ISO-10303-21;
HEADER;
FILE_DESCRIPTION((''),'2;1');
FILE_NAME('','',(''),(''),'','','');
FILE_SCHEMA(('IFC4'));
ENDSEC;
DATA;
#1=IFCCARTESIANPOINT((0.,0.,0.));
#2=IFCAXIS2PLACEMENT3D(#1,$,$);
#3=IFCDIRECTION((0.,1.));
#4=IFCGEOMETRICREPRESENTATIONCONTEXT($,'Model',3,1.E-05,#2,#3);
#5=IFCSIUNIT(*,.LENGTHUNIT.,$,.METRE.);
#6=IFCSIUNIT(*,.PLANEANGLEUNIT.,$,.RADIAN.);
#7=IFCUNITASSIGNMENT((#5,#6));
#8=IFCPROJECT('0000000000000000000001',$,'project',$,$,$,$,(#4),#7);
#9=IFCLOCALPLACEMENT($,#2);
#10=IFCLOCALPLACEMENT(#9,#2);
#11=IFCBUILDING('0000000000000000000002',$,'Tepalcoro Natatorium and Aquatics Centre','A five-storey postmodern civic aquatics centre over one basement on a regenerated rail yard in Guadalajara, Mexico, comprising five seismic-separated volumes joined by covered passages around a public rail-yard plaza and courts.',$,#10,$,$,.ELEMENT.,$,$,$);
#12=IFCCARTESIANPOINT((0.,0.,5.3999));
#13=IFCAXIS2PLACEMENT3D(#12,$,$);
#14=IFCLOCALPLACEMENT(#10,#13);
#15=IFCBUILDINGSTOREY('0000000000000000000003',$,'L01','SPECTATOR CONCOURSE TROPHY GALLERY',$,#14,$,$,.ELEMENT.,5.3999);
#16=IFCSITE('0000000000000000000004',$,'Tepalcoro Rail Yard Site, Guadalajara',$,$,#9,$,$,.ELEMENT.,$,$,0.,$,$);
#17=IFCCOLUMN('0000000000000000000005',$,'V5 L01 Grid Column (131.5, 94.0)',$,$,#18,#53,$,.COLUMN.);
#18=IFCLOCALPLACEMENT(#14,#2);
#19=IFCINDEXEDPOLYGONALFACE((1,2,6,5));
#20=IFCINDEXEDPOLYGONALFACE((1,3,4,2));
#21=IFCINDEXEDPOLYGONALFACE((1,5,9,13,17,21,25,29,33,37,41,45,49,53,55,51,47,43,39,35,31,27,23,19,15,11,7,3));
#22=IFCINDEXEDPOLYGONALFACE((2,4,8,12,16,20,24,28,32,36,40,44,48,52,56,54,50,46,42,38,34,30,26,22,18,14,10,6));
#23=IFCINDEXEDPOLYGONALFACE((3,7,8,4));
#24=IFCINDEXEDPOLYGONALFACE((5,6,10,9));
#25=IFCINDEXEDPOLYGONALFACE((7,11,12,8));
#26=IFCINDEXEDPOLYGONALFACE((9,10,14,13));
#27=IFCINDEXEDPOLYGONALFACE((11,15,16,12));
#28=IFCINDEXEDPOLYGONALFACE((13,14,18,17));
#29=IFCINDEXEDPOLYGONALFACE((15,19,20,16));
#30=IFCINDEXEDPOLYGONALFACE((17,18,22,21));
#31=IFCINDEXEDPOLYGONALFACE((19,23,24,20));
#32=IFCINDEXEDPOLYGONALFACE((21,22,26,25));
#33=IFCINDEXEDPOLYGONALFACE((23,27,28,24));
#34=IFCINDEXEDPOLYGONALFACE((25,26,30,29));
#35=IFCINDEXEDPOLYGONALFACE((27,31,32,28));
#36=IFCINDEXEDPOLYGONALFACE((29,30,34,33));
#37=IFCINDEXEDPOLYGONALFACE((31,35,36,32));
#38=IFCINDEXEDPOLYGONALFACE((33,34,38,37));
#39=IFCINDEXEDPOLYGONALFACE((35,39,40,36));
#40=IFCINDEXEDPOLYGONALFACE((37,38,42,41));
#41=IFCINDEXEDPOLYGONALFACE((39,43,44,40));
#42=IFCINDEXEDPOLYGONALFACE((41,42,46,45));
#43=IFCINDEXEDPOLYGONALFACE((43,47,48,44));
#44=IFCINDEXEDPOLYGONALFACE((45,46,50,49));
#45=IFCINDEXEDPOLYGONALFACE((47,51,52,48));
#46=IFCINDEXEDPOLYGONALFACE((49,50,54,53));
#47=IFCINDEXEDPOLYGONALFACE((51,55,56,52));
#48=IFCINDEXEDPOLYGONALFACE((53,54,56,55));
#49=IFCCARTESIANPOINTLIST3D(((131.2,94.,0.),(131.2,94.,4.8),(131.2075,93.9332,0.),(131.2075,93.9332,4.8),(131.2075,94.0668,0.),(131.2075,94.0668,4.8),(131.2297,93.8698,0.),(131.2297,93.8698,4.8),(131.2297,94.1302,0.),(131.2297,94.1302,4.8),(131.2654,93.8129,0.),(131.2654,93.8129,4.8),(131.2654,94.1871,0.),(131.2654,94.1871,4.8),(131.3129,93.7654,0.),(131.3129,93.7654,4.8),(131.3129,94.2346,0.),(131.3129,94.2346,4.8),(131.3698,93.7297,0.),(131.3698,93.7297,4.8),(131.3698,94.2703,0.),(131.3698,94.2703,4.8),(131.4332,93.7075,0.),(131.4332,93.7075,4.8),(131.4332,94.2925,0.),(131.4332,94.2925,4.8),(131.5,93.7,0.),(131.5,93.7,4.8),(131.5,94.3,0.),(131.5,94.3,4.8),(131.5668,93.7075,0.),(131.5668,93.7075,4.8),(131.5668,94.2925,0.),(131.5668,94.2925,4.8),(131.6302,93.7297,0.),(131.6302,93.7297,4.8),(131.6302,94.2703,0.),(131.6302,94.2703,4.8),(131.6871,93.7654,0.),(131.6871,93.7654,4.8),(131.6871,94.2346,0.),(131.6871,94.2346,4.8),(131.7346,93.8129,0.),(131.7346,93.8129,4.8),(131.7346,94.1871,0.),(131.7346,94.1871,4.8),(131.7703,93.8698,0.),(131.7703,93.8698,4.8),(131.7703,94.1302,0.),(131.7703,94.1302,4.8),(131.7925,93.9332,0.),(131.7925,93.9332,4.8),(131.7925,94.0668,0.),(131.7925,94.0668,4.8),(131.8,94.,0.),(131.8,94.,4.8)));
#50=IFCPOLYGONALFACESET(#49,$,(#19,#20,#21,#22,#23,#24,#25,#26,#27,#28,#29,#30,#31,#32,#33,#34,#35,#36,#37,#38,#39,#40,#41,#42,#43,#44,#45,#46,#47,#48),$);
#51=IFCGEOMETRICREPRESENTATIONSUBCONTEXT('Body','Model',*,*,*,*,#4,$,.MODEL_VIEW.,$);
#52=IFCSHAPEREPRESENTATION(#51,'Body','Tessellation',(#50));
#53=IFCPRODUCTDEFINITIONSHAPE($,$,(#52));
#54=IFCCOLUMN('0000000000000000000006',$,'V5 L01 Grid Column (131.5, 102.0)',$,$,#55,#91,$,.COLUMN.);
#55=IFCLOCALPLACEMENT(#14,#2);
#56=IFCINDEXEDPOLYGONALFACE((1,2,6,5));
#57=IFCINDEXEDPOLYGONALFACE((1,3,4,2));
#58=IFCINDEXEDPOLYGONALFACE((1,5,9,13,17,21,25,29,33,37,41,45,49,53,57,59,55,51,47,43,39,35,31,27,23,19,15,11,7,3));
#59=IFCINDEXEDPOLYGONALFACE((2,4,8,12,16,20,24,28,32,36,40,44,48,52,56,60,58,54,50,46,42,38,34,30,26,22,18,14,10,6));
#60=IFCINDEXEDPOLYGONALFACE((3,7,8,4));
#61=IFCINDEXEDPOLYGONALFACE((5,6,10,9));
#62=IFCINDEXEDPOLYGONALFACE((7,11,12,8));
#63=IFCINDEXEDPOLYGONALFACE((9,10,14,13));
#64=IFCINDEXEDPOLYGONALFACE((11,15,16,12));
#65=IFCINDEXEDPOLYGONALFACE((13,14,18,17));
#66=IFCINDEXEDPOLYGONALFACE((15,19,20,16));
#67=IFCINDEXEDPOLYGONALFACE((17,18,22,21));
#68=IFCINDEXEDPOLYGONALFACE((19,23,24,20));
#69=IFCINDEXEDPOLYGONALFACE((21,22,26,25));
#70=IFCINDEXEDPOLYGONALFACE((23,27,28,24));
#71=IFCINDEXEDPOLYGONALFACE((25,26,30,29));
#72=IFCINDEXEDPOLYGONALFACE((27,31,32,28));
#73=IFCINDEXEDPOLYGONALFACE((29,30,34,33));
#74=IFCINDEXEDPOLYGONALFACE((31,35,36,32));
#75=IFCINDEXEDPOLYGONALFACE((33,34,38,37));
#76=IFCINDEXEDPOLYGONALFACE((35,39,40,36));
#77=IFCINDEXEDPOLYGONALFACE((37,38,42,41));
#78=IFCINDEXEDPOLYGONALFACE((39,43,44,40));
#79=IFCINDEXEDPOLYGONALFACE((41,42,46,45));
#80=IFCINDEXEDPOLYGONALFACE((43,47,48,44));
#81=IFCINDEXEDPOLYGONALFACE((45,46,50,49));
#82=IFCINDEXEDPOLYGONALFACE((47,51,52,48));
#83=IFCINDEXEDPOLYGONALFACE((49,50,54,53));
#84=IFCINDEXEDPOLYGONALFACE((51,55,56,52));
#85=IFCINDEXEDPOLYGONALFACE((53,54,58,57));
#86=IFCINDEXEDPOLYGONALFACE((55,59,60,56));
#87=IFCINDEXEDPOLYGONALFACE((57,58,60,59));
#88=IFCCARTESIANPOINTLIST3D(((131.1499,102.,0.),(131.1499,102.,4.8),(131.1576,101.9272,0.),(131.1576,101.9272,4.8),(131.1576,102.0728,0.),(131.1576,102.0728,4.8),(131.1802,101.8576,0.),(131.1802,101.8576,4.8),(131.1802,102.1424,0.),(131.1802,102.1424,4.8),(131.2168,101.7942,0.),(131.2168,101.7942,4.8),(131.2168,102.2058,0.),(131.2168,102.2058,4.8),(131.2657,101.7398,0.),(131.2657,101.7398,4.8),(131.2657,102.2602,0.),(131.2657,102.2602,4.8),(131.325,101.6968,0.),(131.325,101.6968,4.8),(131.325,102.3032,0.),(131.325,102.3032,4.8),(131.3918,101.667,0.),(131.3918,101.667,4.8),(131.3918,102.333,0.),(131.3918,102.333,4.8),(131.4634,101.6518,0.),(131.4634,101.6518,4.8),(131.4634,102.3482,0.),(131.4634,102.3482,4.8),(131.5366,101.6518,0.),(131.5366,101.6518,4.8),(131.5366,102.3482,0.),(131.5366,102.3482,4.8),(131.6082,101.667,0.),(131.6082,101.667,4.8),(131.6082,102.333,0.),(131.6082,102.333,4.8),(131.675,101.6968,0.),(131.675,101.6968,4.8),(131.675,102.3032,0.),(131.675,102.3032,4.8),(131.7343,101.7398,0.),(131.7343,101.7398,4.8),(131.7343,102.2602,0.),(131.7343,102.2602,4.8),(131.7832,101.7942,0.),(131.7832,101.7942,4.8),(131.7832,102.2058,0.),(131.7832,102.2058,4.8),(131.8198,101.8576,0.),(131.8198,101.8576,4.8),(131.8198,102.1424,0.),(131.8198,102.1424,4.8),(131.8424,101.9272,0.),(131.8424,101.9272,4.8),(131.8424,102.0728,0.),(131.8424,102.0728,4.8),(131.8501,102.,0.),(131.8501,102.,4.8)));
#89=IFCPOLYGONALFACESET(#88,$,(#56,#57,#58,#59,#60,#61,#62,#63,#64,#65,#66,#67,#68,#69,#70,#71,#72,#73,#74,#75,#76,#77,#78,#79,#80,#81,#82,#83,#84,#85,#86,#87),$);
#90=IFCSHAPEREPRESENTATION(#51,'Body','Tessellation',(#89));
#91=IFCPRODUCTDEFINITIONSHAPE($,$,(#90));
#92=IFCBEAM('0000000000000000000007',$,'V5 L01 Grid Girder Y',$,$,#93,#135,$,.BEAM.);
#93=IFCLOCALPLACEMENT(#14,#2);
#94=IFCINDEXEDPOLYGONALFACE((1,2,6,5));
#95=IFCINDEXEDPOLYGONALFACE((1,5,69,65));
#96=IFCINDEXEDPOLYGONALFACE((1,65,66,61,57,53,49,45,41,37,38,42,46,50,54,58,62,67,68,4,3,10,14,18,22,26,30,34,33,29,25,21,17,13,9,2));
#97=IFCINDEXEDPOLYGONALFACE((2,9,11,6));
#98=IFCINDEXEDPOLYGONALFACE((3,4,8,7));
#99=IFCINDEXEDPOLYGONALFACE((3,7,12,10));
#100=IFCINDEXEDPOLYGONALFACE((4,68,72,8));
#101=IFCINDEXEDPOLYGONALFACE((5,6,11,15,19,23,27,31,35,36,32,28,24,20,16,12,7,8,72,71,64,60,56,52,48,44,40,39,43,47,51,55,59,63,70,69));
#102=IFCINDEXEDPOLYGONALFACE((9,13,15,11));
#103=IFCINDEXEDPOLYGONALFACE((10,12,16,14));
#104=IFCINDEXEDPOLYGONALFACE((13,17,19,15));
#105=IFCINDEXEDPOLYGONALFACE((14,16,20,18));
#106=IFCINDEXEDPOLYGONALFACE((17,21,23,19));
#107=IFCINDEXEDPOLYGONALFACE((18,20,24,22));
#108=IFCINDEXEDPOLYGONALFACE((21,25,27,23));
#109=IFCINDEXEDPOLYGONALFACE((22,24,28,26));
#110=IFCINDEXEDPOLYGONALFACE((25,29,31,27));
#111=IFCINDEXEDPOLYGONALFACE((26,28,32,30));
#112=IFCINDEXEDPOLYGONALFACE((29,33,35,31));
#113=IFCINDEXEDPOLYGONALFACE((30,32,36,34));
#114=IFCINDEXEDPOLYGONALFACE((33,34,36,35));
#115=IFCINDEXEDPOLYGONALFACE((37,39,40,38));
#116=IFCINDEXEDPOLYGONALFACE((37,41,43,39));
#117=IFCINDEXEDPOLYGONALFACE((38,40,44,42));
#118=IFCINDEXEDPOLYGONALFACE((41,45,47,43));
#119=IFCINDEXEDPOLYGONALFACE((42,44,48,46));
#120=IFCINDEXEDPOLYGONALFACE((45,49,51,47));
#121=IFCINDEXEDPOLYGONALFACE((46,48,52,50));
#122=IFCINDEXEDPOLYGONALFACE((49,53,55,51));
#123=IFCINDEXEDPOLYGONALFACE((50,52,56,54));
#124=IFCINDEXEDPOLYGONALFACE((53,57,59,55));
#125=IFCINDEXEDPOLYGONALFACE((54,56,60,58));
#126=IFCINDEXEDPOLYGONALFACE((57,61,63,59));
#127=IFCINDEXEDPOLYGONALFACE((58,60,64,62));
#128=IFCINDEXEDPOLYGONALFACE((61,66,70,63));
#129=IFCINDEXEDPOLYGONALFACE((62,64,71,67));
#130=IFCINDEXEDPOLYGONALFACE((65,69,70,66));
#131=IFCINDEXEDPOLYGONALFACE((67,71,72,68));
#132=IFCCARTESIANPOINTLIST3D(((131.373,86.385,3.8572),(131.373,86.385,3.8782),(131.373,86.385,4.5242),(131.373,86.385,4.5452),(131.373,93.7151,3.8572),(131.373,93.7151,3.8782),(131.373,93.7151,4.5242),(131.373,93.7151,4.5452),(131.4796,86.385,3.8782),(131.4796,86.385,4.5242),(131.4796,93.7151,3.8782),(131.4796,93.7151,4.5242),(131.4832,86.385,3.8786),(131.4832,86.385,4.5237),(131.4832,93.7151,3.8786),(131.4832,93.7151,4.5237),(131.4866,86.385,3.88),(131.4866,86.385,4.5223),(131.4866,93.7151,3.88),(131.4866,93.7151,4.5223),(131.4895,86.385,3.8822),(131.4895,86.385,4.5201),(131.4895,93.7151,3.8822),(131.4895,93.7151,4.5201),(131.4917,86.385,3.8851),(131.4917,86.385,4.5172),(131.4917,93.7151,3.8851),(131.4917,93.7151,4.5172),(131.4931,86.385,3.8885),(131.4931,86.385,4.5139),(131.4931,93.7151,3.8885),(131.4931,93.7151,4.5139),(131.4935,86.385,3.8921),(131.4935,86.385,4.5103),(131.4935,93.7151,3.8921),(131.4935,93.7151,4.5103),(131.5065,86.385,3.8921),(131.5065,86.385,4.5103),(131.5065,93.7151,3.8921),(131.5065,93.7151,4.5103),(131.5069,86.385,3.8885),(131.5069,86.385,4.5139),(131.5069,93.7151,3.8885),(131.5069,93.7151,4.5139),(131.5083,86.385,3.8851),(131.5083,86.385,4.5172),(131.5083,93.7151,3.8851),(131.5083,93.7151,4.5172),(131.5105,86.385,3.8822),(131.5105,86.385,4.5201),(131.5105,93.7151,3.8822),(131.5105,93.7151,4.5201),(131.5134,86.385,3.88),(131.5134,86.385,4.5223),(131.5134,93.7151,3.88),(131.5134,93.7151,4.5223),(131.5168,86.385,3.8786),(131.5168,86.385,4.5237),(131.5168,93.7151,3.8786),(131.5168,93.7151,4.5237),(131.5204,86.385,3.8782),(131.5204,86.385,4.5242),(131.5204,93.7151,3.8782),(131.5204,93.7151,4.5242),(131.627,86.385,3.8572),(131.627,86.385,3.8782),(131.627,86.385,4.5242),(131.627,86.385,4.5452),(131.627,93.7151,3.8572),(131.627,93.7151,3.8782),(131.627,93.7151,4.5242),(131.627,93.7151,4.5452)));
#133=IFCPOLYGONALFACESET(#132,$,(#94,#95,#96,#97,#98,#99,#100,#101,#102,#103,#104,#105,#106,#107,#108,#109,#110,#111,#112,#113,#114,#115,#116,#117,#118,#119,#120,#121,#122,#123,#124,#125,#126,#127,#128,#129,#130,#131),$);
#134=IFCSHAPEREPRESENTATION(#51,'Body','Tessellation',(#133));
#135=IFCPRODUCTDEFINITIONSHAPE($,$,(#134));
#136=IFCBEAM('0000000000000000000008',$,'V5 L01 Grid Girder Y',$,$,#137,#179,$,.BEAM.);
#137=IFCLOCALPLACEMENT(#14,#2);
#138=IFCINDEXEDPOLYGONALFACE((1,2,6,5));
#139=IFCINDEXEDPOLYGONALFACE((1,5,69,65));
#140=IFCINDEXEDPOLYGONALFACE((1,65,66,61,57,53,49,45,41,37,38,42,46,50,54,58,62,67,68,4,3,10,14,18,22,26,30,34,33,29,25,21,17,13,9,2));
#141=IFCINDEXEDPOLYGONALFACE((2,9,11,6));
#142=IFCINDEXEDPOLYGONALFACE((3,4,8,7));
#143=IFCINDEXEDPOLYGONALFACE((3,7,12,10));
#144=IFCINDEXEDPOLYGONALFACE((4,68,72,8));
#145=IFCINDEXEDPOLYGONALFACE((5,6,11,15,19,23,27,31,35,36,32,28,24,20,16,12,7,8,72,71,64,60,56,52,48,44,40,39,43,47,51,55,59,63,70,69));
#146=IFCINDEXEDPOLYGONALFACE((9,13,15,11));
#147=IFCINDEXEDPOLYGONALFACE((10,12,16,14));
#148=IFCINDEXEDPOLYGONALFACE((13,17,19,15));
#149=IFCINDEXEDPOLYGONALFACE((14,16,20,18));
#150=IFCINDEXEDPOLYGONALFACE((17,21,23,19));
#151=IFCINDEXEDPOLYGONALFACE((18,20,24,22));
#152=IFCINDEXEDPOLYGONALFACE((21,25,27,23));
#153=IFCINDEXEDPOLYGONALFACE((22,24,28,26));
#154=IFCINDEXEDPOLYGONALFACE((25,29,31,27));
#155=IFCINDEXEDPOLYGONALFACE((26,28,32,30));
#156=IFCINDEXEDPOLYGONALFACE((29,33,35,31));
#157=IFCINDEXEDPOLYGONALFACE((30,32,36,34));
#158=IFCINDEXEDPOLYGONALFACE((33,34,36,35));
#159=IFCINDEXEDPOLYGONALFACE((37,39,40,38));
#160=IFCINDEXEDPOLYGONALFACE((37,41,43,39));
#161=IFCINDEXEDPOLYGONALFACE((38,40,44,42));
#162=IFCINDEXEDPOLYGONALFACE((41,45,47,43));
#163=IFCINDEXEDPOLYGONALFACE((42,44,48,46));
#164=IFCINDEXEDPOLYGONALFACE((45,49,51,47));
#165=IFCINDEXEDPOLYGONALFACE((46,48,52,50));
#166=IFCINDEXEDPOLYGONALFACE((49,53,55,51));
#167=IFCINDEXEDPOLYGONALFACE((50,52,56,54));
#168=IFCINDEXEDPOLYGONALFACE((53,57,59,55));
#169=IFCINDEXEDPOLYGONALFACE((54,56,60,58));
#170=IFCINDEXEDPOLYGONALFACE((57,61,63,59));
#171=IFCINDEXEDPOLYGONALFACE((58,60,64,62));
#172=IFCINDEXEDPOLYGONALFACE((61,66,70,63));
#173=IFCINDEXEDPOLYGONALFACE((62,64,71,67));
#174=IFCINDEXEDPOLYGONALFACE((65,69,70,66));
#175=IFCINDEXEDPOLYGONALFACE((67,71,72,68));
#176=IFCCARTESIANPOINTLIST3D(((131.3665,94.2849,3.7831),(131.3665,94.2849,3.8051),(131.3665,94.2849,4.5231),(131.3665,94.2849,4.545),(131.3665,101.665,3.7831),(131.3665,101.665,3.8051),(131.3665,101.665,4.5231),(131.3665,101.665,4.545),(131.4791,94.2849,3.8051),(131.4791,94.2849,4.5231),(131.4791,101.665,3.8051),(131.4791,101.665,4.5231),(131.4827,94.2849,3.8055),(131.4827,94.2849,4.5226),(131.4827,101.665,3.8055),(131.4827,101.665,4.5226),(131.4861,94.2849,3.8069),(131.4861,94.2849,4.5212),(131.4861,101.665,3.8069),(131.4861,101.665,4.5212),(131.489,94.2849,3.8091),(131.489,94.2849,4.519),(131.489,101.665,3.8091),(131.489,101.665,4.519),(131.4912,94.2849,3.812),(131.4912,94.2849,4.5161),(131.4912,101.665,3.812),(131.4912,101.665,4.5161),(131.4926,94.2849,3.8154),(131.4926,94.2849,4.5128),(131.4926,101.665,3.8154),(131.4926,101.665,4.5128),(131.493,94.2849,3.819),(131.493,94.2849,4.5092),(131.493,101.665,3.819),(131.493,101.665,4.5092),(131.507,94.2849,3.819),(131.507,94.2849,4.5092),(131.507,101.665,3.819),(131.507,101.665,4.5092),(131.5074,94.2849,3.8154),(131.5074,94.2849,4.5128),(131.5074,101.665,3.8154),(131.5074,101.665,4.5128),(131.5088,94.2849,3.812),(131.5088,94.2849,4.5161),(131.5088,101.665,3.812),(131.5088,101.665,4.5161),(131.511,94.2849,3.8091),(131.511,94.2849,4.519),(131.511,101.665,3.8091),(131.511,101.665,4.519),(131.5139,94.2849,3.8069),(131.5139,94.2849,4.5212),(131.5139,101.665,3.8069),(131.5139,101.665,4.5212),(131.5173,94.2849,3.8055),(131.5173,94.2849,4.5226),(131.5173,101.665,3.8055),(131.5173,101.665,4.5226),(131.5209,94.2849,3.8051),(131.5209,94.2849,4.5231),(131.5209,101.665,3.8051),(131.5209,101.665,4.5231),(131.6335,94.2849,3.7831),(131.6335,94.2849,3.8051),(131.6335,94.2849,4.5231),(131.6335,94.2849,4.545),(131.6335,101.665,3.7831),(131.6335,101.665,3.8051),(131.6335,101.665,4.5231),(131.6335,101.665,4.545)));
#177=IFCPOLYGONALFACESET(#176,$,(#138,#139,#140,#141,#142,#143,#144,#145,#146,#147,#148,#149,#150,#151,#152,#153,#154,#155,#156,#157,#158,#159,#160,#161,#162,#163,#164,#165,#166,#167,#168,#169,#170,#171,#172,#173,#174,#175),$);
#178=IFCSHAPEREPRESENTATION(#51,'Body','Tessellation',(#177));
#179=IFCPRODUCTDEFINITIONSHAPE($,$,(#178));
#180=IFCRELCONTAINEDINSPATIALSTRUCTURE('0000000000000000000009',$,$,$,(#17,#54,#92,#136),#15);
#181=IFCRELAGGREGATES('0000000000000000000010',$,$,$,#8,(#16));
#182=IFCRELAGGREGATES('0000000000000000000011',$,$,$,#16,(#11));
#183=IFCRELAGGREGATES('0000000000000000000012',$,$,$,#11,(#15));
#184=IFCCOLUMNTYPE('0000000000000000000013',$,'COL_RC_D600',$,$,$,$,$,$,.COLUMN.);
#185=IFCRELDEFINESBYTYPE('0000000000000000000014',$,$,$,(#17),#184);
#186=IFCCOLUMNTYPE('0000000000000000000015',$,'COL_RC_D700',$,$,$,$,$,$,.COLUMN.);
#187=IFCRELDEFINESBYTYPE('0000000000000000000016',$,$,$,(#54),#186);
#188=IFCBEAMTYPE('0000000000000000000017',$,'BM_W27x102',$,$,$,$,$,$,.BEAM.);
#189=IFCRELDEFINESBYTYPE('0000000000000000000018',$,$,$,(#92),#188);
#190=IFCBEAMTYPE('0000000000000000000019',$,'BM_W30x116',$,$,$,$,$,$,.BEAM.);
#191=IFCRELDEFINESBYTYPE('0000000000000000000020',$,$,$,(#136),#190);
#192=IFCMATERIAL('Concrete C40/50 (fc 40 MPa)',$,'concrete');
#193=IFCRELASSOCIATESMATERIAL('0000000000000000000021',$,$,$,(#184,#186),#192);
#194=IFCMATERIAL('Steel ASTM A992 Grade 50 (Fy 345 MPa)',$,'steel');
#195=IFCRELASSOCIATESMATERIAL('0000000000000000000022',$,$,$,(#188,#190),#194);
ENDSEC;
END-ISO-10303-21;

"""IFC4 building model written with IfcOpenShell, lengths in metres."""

from ifc_helpers import new_model, si_unit, direction, frame, origin, origin_2d, place, context, subcontext, project, spatial, circle, i_section, extrude, material, material_profile, profile_set, type_object, element, save


model = new_model("IFC4")

# Units and contexts
model_context = context("Model", 3, precision=1e-05, world=origin(), true_north=direction((0.0, 1.0)))
body_context = subcontext(model_context, "Body", "Model", "MODEL_VIEW")
ifc_project = project(units=[si_unit("LENGTHUNIT", "METRE"), si_unit("PLANEANGLEUNIT", "RADIAN")], contexts=[model_context])

# Site, building, storey
site_placement = place(None, origin())
site = spatial("IfcSite", under=ifc_project, at=site_placement, Name="Tepalcoro Rail Yard Site, Guadalajara", CompositionType="ELEMENT", RefElevation=0.0)
building_placement = place(site_placement, origin())
building = spatial("IfcBuilding", under=site, at=building_placement, Name="Tepalcoro Natatorium and Aquatics Centre", Description="A five-storey postmodern civic aquatics centre over one basement on a regenerated rail yard in Guadalajara, Mexico, comprising five seismic-separated volumes joined by covered passages around a public rail-yard plaza and courts.", CompositionType="ELEMENT")
storey_placement = place(building_placement, frame((0.0, 0.0, 5.3999)))
storey = spatial("IfcBuildingStorey", under=building, at=storey_placement, Name="L01", Description="SPECTATOR CONCOURSE TROPHY GALLERY", CompositionType="ELEMENT", Elevation=5.3999)

# Columns
ifc_material_1 = material(Name="Concrete C40/50 (fc 40 MPa)", Category="concrete")
ifc_material_profile_1 = material_profile(ifc_material_1, circle(Radius=0.3, at=origin_2d()), Name="RCD600")
ifc_profile_set_1 = profile_set([ifc_material_profile_1], Name="Concrete C40/50 (fc 40 MPa)")
column_type_1 = type_object("IfcColumnType", Name="COL_RC_D600", PredefinedType="COLUMN", material=ifc_profile_set_1)
column_1_placement = place(storey_placement, frame((131.5, 94.0, 0.0), z_axis=(0.0, 0.0, 1.0), x_axis=(1.0, 0.0, 0.0)))
element("IfcColumn", 1, at=column_1_placement, inside=storey, type_object=column_type_1, Name="V5 L01 Grid Column (131.5, 94.0)", PredefinedType="COLUMN", context=body_context, shape_type="SweptSolid", body=[
    extrude(circle(Radius=0.3, at=origin_2d()), origin(), (0.0, 0.0, 1.0), 4.8),
])
ifc_material_profile_2 = material_profile(ifc_material_1, circle(Radius=0.3501, at=origin_2d()), Name="RCD700")
ifc_profile_set_2 = profile_set([ifc_material_profile_2], Name="Concrete C40/50 (fc 40 MPa)")
column_type_2 = type_object("IfcColumnType", Name="COL_RC_D700", PredefinedType="COLUMN", material=ifc_profile_set_2)
column_2_placement = place(storey_placement, frame((131.5, 102.0, 0.0), z_axis=(0.0, 0.0, 1.0), x_axis=(1.0, 0.0, 0.0)))
element("IfcColumn", 2, at=column_2_placement, inside=storey, type_object=column_type_2, Name="V5 L01 Grid Column (131.5, 102.0)", PredefinedType="COLUMN", context=body_context, shape_type="SweptSolid", body=[
    extrude(circle(Radius=0.3501, at=origin_2d()), origin(), (0.0, 0.0, 1.0), 4.8),
])

# Beams
ifc_material_2 = material(Name="Steel ASTM A992 Grade 50 (Fy 345 MPa)", Category="steel")
ifc_material_profile_3 = material_profile(ifc_material_2, i_section(OverallWidth=0.2539, OverallDepth=0.688, WebThickness=0.0129, FlangeThickness=0.021, FilletRadius=0.0139, at=origin_2d()), Name="W27X102")
ifc_profile_set_3 = profile_set([ifc_material_profile_3], Name="Steel ASTM A992 Grade 50 (Fy 345 MPa)")
beam_type_1 = type_object("IfcBeamType", Name="BM_W27x102", PredefinedType="BEAM", material=ifc_profile_set_3)
beam_1_placement = place(storey_placement, frame((131.5, 86.385, 4.2012), z_axis=(0.0, 1.0, 0.0), x_axis=(-1.0, 0.0, 0.0)))
element("IfcBeam", 3, at=beam_1_placement, inside=storey, type_object=beam_type_1, Name="V5 L01 Grid Girder Y", PredefinedType="BEAM", context=body_context, shape_type="SweptSolid", body=[
    extrude(i_section(OverallWidth=0.2539, OverallDepth=0.688, WebThickness=0.0129, FlangeThickness=0.021, FilletRadius=0.0139, at=origin_2d()), origin(), (0.0, 0.0, 1.0), 7.3301),
])
ifc_material_profile_4 = material_profile(ifc_material_2, i_section(OverallWidth=0.2671, OverallDepth=0.762, WebThickness=0.0139, FlangeThickness=0.022, FilletRadius=0.0139, at=origin_2d()), Name="W30X116")
ifc_profile_set_4 = profile_set([ifc_material_profile_4], Name="Steel ASTM A992 Grade 50 (Fy 345 MPa)")
beam_type_2 = type_object("IfcBeamType", Name="BM_W30x116", PredefinedType="BEAM", material=ifc_profile_set_4)
beam_2_placement = place(storey_placement, frame((131.5, 94.2849, 4.1641), z_axis=(0.0, 1.0, 0.0), x_axis=(-1.0, 0.0, 0.0)))
element("IfcBeam", 4, at=beam_2_placement, inside=storey, type_object=beam_type_2, Name="V5 L01 Grid Girder Y", PredefinedType="BEAM", context=body_context, shape_type="SweptSolid", body=[
    extrude(i_section(OverallWidth=0.2671, OverallDepth=0.762, WebThickness=0.0139, FlangeThickness=0.022, FilletRadius=0.0139, at=origin_2d()), origin(), (0.0, 0.0, 1.0), 7.3801),
])

save(model, "model.ifc")
